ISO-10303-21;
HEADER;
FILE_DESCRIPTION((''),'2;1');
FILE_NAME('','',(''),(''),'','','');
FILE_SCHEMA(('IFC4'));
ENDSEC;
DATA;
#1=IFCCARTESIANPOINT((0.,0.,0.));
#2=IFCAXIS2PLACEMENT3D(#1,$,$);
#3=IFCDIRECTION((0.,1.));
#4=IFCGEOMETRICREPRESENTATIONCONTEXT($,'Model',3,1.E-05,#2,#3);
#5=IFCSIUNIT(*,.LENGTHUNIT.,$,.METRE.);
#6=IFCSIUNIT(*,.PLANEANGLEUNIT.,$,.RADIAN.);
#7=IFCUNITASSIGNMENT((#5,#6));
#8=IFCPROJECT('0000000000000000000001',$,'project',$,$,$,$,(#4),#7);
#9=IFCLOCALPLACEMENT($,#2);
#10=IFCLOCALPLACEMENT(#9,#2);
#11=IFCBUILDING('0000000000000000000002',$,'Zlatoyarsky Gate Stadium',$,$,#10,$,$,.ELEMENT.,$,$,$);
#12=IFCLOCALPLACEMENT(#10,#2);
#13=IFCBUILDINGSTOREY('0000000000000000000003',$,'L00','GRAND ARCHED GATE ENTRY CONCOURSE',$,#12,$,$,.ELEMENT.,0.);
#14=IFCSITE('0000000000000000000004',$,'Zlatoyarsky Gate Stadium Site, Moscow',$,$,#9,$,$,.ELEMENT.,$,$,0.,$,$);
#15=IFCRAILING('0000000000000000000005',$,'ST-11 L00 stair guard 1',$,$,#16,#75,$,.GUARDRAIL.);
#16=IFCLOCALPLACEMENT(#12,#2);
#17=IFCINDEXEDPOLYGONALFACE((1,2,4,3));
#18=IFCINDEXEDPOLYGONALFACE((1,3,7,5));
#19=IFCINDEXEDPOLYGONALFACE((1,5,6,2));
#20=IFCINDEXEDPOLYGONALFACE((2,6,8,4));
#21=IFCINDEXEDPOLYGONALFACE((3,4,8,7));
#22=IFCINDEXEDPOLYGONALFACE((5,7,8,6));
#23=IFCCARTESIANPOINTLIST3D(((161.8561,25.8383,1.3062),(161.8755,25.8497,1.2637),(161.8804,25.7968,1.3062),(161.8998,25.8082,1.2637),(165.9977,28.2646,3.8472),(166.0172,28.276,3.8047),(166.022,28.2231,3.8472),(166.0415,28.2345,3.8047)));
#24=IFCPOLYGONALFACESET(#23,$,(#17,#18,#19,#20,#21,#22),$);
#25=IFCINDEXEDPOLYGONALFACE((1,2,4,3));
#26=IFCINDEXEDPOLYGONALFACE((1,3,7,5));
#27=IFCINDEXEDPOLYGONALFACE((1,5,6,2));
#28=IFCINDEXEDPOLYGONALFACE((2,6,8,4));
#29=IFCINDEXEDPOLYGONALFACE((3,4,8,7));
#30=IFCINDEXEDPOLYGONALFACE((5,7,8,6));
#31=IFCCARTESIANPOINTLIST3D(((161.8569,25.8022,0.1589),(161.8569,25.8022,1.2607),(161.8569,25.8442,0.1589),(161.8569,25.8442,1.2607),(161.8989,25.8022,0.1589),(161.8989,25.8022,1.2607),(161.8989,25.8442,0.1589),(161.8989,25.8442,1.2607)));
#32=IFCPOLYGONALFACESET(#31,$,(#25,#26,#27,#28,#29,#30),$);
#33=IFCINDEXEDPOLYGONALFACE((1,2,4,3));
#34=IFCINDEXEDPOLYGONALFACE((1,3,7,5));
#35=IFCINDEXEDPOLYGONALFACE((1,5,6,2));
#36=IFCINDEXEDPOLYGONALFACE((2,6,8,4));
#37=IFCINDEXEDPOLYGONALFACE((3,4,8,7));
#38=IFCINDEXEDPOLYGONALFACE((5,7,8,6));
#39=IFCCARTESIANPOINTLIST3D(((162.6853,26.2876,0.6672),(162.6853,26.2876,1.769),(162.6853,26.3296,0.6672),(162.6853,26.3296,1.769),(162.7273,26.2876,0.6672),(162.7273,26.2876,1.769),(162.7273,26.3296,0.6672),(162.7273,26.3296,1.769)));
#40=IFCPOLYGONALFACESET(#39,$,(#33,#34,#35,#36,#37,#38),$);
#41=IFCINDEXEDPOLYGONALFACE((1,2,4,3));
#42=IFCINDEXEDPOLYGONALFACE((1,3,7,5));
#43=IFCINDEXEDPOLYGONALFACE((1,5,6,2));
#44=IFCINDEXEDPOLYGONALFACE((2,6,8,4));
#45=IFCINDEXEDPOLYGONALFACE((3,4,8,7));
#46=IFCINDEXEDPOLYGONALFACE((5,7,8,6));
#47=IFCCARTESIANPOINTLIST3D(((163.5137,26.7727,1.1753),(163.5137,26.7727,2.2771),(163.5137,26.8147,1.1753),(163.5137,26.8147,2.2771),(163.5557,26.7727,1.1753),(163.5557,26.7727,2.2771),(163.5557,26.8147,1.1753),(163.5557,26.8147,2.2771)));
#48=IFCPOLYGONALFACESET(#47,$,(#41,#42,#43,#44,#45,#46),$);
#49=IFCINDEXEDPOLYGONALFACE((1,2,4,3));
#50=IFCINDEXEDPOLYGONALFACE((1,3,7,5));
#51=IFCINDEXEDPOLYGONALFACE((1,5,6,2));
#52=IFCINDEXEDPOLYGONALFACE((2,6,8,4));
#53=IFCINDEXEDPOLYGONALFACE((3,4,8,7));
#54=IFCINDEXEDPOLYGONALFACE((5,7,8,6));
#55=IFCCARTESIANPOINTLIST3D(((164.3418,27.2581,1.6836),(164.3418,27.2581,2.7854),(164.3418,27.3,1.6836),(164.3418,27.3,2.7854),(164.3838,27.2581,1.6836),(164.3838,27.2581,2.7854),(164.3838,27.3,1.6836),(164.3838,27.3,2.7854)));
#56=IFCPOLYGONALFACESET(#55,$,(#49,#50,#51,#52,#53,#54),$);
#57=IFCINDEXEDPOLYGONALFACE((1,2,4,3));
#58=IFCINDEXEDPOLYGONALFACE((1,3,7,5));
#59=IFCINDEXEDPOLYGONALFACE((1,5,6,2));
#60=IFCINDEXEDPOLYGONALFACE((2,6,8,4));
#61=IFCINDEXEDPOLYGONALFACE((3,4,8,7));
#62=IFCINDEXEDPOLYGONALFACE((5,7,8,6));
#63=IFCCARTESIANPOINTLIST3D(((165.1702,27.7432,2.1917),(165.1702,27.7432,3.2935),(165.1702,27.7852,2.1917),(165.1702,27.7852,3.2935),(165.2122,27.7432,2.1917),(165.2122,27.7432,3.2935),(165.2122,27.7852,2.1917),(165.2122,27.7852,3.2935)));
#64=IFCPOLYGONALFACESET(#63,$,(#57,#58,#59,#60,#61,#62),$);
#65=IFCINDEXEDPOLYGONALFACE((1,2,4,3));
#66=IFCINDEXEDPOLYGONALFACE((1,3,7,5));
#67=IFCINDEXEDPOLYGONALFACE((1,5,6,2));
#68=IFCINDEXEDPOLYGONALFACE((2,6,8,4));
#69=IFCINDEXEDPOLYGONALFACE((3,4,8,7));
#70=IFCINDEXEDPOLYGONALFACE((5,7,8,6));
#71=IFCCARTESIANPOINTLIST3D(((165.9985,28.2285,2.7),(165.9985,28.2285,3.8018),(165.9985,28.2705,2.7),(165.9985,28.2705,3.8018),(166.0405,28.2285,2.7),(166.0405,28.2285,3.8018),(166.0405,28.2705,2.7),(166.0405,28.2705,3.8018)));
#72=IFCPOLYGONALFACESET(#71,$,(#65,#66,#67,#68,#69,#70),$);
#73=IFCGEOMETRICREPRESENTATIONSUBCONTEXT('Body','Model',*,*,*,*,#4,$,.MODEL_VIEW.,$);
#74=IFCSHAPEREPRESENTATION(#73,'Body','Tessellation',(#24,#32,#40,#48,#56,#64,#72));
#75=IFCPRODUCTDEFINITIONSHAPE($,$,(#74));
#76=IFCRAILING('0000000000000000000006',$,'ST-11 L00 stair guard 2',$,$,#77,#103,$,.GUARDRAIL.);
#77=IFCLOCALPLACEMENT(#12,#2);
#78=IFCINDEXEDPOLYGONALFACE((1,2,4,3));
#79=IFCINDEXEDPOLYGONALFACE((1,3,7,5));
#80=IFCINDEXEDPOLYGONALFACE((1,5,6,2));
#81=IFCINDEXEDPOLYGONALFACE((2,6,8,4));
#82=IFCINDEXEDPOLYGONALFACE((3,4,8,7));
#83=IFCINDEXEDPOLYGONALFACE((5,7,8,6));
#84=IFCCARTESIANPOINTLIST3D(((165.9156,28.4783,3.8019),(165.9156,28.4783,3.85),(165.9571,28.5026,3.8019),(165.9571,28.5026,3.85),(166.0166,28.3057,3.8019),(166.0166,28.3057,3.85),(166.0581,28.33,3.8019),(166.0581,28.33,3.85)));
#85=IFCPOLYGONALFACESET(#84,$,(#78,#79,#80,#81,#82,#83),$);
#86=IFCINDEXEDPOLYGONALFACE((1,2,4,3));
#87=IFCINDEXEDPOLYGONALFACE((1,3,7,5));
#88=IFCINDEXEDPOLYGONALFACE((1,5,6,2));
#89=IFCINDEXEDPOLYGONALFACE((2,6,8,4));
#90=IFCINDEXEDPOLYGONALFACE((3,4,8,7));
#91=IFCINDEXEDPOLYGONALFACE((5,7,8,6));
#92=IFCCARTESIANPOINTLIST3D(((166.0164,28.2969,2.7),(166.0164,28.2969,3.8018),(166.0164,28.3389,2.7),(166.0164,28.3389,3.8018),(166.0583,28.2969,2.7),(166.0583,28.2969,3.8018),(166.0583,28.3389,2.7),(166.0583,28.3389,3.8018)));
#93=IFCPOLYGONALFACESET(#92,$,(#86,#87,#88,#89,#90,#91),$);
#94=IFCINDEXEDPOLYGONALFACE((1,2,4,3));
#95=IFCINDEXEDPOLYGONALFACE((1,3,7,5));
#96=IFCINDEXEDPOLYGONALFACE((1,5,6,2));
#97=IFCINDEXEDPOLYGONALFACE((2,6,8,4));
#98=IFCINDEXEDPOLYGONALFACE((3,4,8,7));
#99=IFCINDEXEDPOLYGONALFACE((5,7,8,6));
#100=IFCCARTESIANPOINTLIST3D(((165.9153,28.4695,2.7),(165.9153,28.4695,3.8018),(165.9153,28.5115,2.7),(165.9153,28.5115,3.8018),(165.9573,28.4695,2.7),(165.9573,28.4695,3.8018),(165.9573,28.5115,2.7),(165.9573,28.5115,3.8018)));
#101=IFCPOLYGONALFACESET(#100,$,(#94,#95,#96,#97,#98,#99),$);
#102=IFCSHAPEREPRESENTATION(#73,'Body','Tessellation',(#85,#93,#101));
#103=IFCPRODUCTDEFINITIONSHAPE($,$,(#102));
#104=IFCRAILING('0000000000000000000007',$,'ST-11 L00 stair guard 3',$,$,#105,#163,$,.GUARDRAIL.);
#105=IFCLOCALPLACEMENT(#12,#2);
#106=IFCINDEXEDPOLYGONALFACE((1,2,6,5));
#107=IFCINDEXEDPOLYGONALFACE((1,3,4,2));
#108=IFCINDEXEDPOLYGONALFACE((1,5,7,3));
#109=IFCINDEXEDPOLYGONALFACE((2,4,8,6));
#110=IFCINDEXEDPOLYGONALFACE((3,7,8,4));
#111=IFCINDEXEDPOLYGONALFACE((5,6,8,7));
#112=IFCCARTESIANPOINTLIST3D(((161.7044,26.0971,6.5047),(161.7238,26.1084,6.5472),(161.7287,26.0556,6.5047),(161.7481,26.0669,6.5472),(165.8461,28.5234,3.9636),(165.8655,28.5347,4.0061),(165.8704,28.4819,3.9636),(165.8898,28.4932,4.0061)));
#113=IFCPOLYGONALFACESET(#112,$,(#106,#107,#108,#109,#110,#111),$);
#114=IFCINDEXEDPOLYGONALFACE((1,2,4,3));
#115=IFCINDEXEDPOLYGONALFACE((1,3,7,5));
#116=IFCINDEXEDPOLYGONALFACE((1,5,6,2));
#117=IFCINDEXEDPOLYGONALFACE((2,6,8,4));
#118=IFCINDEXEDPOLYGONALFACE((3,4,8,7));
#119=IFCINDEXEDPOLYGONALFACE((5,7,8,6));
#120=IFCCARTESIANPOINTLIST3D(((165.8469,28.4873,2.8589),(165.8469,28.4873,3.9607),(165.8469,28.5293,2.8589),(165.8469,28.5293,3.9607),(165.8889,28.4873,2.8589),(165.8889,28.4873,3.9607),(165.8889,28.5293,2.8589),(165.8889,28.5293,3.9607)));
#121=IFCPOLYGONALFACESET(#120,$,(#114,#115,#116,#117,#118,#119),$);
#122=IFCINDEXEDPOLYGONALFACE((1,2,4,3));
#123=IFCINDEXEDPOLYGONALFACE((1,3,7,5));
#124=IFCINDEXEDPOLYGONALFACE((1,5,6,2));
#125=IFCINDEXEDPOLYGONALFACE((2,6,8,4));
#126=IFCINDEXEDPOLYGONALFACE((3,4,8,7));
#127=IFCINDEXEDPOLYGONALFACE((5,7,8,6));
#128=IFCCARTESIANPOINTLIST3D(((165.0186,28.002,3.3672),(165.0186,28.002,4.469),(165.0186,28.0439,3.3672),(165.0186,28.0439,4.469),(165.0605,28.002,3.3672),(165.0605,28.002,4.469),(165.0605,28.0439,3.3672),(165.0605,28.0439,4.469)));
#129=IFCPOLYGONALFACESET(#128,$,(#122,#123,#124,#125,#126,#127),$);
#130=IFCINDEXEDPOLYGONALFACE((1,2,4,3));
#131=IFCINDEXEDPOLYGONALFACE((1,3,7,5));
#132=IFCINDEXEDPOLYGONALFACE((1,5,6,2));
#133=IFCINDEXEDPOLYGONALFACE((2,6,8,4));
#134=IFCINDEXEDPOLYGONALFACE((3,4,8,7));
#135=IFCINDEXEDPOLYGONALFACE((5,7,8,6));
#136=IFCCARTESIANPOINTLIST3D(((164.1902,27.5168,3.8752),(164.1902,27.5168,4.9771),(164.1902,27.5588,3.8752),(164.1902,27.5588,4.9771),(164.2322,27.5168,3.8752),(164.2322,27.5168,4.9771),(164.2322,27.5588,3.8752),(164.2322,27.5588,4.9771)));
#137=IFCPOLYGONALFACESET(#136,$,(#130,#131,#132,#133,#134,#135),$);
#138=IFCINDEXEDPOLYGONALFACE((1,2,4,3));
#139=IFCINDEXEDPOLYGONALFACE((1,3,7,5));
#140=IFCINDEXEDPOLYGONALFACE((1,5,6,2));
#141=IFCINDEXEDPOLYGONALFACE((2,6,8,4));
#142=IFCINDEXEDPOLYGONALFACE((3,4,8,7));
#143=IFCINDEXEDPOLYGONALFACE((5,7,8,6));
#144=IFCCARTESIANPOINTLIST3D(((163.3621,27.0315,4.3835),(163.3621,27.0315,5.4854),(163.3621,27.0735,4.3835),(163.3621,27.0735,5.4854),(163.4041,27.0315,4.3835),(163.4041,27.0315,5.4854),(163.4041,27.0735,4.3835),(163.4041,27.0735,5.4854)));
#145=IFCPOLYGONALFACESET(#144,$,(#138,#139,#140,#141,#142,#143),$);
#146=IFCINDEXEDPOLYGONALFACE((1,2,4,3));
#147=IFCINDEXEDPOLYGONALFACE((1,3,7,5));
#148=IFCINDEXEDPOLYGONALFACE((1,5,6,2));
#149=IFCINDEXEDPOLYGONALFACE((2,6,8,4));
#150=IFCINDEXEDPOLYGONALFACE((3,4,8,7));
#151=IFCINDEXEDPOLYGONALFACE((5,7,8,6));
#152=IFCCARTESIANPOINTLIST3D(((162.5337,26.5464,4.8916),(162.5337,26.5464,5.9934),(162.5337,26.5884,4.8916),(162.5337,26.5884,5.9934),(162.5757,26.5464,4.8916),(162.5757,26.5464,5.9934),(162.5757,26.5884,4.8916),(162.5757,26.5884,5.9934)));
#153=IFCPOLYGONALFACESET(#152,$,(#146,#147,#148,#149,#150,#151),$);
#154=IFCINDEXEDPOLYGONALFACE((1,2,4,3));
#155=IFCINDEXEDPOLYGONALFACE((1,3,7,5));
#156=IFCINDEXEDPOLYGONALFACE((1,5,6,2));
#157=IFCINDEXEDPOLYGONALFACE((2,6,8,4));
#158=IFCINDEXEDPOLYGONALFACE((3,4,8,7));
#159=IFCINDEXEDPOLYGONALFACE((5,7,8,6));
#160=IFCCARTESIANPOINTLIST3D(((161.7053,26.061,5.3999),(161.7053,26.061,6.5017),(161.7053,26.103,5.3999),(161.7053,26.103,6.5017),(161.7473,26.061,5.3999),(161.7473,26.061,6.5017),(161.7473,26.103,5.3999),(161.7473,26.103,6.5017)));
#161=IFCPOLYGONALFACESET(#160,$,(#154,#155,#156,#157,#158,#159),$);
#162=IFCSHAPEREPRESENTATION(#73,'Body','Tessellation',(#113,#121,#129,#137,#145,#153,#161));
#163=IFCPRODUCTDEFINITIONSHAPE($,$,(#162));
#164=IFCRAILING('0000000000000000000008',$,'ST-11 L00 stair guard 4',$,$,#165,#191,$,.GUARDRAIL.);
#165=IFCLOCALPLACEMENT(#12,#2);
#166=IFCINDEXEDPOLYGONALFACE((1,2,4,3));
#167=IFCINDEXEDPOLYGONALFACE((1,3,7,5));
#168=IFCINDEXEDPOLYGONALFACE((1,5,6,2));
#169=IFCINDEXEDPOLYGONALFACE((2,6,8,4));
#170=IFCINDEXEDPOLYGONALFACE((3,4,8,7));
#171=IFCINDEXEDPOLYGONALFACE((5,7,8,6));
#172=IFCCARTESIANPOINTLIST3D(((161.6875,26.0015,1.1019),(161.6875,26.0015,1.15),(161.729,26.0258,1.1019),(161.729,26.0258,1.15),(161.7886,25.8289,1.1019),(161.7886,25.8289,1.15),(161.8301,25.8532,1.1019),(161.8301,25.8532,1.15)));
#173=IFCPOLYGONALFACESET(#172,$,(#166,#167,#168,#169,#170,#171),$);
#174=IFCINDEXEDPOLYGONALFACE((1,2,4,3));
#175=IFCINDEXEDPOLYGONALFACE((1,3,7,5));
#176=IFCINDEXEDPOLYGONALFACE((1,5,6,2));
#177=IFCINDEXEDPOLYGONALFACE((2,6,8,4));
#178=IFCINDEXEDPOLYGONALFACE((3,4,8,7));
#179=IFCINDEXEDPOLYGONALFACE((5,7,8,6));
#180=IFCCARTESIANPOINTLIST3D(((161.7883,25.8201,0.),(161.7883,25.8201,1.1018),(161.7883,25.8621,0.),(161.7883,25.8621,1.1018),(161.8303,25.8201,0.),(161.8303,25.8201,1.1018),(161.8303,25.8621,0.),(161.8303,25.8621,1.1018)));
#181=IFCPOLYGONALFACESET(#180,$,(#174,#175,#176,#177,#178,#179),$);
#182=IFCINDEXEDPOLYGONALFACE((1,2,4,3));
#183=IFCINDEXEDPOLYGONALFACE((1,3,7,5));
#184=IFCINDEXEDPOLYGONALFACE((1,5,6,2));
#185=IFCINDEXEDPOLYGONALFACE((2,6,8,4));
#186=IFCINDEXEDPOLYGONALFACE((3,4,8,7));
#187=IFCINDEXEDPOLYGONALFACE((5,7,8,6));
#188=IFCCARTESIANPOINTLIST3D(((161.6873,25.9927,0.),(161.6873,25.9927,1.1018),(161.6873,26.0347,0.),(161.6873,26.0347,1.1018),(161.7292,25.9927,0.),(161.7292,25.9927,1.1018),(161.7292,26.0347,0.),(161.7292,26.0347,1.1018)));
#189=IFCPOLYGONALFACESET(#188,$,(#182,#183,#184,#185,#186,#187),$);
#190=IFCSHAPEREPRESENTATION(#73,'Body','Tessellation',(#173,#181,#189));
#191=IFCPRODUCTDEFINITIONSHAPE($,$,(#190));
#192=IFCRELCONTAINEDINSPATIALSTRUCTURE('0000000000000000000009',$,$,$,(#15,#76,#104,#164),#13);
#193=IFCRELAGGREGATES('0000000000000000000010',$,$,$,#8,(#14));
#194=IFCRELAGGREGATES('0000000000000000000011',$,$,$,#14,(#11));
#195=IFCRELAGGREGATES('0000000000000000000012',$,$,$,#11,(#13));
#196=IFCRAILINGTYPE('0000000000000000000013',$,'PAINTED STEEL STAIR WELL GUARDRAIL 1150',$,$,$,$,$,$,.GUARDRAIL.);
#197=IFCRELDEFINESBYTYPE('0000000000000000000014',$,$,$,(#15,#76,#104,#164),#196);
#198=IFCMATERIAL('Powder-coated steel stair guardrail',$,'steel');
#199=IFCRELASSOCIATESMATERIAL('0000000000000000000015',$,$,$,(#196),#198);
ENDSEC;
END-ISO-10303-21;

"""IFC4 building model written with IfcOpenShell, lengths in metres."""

from ifc_helpers import new_model, si_unit, direction, frame, origin, origin_2d, place, context, subcontext, project, spatial, rectangle, extrude, material, type_object, element, save


model = new_model("IFC4")

# Units and contexts
model_context = context("Model", 3, precision=1e-05, world=origin(), true_north=direction((0.0, 1.0)))
body_context = subcontext(model_context, "Body", "Model", "MODEL_VIEW")
ifc_project = project(units=[si_unit("LENGTHUNIT", "METRE"), si_unit("PLANEANGLEUNIT", "RADIAN")], contexts=[model_context])

# Site, building, storey
site_placement = place(None, origin())
site = spatial("IfcSite", under=ifc_project, at=site_placement, Name="Zlatoyarsky Gate Stadium Site, Moscow", CompositionType="ELEMENT", RefElevation=0.0)
building_placement = place(site_placement, origin())
building = spatial("IfcBuilding", under=site, at=building_placement, Name="Zlatoyarsky Gate Stadium", CompositionType="ELEMENT")
storey_placement = place(building_placement, origin())
storey = spatial("IfcBuildingStorey", under=building, at=storey_placement, Name="L00", Description="GRAND ARCHED GATE ENTRY CONCOURSE", CompositionType="ELEMENT", Elevation=0.0)

# Railings
ifc_material_1 = material(Name="Powder-coated steel stair guardrail", Category="steel")
railing_type_1 = type_object("IfcRailingType", Name="PAINTED STEEL STAIR WELL GUARDRAIL 1150", PredefinedType="GUARDRAIL", material=ifc_material_1)
railing_1_placement = place(storey_placement, frame((161.8779, 25.8232, 0.1589)))
element("IfcRailing", 1, at=railing_1_placement, inside=storey, type_object=railing_type_1, Name="ST-11 L00 stair guard 1", PredefinedType="GUARDRAIL", context=body_context, shape_type="SweptSolid", body=[
    extrude(rectangle(XDim=0.0481, YDim=0.0481, at=origin_2d()), frame((0.0, 0.0, 1.126), z_axis=(0.762577, 0.44674, 0.467867), x_axis=(-0.505477, 0.86284, 0.0)), (0.0, 0.0, 1.0), 5.4312),
    extrude(rectangle(XDim=0.042, YDim=0.042, at=origin_2d()), origin(), (0.0, 0.0, 1.0), 1.1018),
    extrude(rectangle(XDim=0.042, YDim=0.042, at=origin_2d()), frame((0.8284, 0.4854, 0.5083)), (0.0, 0.0, 1.0), 1.1018),
    extrude(rectangle(XDim=0.042, YDim=0.042, at=origin_2d()), frame((1.6567, 0.9705, 1.0164)), (0.0, 0.0, 1.0), 1.1018),
    extrude(rectangle(XDim=0.042, YDim=0.042, at=origin_2d()), frame((2.4849, 1.4558, 1.5247)), (0.0, 0.0, 1.0), 1.1018),
    extrude(rectangle(XDim=0.042, YDim=0.042, at=origin_2d()), frame((3.3132, 1.9409, 2.0327)), (0.0, 0.0, 1.0), 1.1018),
    extrude(rectangle(XDim=0.042, YDim=0.042, at=origin_2d()), frame((4.1416, 2.4263, 2.541)), (0.0, 0.0, 1.0), 1.1018),
])
railing_2_placement = place(storey_placement, frame((166.0374, 28.3179, 2.7)))
element("IfcRailing", 2, at=railing_2_placement, inside=storey, type_object=railing_type_1, Name="ST-11 L00 stair guard 2", PredefinedType="GUARDRAIL", context=body_context, shape_type="SweptSolid", body=[
    extrude(rectangle(XDim=0.0481, YDim=0.0481, at=origin_2d()), frame((0.0, 0.0, 1.126), z_axis=(-0.505312, 0.862937, 0.0), x_axis=(-0.862937, -0.505312, 0.0)), (0.0, 0.0, 1.0), 0.2),
    extrude(rectangle(XDim=0.042, YDim=0.042, at=origin_2d()), origin(), (0.0, 0.0, 1.0), 1.1018),
    extrude(rectangle(XDim=0.042, YDim=0.042, at=origin_2d()), frame((-0.1011, 0.1726, 0.0)), (0.0, 0.0, 1.0), 1.1018),
])
railing_3_placement = place(storey_placement, frame((165.8679, 28.5083, 2.8589)))
element("IfcRailing", 3, at=railing_3_placement, inside=storey, type_object=railing_type_1, Name="ST-11 L00 stair guard 3", PredefinedType="GUARDRAIL", context=body_context, shape_type="SweptSolid", body=[
    extrude(rectangle(XDim=0.0481, YDim=0.0481, at=origin_2d()), frame((0.0, 0.0, 1.126), z_axis=(-0.762577, -0.44674, 0.467867), x_axis=(0.505477, -0.86284, 0.0)), (0.0, 0.0, 1.0), 5.4312),
    extrude(rectangle(XDim=0.042, YDim=0.042, at=origin_2d()), origin(), (0.0, 0.0, 1.0), 1.1018),
    extrude(rectangle(XDim=0.042, YDim=0.042, at=origin_2d()), frame((-0.8284, -0.4854, 0.5083)), (0.0, 0.0, 1.0), 1.1018),
    extrude(rectangle(XDim=0.042, YDim=0.042, at=origin_2d()), frame((-1.6567, -0.9705, 1.0164)), (0.0, 0.0, 1.0), 1.1018),
    extrude(rectangle(XDim=0.042, YDim=0.042, at=origin_2d()), frame((-2.4849, -1.4558, 1.5247)), (0.0, 0.0, 1.0), 1.1018),
    extrude(rectangle(XDim=0.042, YDim=0.042, at=origin_2d()), frame((-3.3132, -1.9409, 2.0327)), (0.0, 0.0, 1.0), 1.1018),
    extrude(rectangle(XDim=0.042, YDim=0.042, at=origin_2d()), frame((-4.1416, -2.4263, 2.541)), (0.0, 0.0, 1.0), 1.1018),
])
railing_4_placement = place(storey_placement, frame((161.8093, 25.8411, 0.0)))
element("IfcRailing", 4, at=railing_4_placement, inside=storey, type_object=railing_type_1, Name="ST-11 L00 stair guard 4", PredefinedType="GUARDRAIL", context=body_context, shape_type="SweptSolid", body=[
    extrude(rectangle(XDim=0.0481, YDim=0.0481, at=origin_2d()), frame((0.0, 0.0, 1.126), z_axis=(-0.505312, 0.862937, 0.0), x_axis=(-0.862937, -0.505312, 0.0)), (0.0, 0.0, 1.0), 0.2),
    extrude(rectangle(XDim=0.042, YDim=0.042, at=origin_2d()), origin(), (0.0, 0.0, 1.0), 1.1018),
    extrude(rectangle(XDim=0.042, YDim=0.042, at=origin_2d()), frame((-0.1011, 0.1726, 0.0)), (0.0, 0.0, 1.0), 1.1018),
])

save(model, "model.ifc")
